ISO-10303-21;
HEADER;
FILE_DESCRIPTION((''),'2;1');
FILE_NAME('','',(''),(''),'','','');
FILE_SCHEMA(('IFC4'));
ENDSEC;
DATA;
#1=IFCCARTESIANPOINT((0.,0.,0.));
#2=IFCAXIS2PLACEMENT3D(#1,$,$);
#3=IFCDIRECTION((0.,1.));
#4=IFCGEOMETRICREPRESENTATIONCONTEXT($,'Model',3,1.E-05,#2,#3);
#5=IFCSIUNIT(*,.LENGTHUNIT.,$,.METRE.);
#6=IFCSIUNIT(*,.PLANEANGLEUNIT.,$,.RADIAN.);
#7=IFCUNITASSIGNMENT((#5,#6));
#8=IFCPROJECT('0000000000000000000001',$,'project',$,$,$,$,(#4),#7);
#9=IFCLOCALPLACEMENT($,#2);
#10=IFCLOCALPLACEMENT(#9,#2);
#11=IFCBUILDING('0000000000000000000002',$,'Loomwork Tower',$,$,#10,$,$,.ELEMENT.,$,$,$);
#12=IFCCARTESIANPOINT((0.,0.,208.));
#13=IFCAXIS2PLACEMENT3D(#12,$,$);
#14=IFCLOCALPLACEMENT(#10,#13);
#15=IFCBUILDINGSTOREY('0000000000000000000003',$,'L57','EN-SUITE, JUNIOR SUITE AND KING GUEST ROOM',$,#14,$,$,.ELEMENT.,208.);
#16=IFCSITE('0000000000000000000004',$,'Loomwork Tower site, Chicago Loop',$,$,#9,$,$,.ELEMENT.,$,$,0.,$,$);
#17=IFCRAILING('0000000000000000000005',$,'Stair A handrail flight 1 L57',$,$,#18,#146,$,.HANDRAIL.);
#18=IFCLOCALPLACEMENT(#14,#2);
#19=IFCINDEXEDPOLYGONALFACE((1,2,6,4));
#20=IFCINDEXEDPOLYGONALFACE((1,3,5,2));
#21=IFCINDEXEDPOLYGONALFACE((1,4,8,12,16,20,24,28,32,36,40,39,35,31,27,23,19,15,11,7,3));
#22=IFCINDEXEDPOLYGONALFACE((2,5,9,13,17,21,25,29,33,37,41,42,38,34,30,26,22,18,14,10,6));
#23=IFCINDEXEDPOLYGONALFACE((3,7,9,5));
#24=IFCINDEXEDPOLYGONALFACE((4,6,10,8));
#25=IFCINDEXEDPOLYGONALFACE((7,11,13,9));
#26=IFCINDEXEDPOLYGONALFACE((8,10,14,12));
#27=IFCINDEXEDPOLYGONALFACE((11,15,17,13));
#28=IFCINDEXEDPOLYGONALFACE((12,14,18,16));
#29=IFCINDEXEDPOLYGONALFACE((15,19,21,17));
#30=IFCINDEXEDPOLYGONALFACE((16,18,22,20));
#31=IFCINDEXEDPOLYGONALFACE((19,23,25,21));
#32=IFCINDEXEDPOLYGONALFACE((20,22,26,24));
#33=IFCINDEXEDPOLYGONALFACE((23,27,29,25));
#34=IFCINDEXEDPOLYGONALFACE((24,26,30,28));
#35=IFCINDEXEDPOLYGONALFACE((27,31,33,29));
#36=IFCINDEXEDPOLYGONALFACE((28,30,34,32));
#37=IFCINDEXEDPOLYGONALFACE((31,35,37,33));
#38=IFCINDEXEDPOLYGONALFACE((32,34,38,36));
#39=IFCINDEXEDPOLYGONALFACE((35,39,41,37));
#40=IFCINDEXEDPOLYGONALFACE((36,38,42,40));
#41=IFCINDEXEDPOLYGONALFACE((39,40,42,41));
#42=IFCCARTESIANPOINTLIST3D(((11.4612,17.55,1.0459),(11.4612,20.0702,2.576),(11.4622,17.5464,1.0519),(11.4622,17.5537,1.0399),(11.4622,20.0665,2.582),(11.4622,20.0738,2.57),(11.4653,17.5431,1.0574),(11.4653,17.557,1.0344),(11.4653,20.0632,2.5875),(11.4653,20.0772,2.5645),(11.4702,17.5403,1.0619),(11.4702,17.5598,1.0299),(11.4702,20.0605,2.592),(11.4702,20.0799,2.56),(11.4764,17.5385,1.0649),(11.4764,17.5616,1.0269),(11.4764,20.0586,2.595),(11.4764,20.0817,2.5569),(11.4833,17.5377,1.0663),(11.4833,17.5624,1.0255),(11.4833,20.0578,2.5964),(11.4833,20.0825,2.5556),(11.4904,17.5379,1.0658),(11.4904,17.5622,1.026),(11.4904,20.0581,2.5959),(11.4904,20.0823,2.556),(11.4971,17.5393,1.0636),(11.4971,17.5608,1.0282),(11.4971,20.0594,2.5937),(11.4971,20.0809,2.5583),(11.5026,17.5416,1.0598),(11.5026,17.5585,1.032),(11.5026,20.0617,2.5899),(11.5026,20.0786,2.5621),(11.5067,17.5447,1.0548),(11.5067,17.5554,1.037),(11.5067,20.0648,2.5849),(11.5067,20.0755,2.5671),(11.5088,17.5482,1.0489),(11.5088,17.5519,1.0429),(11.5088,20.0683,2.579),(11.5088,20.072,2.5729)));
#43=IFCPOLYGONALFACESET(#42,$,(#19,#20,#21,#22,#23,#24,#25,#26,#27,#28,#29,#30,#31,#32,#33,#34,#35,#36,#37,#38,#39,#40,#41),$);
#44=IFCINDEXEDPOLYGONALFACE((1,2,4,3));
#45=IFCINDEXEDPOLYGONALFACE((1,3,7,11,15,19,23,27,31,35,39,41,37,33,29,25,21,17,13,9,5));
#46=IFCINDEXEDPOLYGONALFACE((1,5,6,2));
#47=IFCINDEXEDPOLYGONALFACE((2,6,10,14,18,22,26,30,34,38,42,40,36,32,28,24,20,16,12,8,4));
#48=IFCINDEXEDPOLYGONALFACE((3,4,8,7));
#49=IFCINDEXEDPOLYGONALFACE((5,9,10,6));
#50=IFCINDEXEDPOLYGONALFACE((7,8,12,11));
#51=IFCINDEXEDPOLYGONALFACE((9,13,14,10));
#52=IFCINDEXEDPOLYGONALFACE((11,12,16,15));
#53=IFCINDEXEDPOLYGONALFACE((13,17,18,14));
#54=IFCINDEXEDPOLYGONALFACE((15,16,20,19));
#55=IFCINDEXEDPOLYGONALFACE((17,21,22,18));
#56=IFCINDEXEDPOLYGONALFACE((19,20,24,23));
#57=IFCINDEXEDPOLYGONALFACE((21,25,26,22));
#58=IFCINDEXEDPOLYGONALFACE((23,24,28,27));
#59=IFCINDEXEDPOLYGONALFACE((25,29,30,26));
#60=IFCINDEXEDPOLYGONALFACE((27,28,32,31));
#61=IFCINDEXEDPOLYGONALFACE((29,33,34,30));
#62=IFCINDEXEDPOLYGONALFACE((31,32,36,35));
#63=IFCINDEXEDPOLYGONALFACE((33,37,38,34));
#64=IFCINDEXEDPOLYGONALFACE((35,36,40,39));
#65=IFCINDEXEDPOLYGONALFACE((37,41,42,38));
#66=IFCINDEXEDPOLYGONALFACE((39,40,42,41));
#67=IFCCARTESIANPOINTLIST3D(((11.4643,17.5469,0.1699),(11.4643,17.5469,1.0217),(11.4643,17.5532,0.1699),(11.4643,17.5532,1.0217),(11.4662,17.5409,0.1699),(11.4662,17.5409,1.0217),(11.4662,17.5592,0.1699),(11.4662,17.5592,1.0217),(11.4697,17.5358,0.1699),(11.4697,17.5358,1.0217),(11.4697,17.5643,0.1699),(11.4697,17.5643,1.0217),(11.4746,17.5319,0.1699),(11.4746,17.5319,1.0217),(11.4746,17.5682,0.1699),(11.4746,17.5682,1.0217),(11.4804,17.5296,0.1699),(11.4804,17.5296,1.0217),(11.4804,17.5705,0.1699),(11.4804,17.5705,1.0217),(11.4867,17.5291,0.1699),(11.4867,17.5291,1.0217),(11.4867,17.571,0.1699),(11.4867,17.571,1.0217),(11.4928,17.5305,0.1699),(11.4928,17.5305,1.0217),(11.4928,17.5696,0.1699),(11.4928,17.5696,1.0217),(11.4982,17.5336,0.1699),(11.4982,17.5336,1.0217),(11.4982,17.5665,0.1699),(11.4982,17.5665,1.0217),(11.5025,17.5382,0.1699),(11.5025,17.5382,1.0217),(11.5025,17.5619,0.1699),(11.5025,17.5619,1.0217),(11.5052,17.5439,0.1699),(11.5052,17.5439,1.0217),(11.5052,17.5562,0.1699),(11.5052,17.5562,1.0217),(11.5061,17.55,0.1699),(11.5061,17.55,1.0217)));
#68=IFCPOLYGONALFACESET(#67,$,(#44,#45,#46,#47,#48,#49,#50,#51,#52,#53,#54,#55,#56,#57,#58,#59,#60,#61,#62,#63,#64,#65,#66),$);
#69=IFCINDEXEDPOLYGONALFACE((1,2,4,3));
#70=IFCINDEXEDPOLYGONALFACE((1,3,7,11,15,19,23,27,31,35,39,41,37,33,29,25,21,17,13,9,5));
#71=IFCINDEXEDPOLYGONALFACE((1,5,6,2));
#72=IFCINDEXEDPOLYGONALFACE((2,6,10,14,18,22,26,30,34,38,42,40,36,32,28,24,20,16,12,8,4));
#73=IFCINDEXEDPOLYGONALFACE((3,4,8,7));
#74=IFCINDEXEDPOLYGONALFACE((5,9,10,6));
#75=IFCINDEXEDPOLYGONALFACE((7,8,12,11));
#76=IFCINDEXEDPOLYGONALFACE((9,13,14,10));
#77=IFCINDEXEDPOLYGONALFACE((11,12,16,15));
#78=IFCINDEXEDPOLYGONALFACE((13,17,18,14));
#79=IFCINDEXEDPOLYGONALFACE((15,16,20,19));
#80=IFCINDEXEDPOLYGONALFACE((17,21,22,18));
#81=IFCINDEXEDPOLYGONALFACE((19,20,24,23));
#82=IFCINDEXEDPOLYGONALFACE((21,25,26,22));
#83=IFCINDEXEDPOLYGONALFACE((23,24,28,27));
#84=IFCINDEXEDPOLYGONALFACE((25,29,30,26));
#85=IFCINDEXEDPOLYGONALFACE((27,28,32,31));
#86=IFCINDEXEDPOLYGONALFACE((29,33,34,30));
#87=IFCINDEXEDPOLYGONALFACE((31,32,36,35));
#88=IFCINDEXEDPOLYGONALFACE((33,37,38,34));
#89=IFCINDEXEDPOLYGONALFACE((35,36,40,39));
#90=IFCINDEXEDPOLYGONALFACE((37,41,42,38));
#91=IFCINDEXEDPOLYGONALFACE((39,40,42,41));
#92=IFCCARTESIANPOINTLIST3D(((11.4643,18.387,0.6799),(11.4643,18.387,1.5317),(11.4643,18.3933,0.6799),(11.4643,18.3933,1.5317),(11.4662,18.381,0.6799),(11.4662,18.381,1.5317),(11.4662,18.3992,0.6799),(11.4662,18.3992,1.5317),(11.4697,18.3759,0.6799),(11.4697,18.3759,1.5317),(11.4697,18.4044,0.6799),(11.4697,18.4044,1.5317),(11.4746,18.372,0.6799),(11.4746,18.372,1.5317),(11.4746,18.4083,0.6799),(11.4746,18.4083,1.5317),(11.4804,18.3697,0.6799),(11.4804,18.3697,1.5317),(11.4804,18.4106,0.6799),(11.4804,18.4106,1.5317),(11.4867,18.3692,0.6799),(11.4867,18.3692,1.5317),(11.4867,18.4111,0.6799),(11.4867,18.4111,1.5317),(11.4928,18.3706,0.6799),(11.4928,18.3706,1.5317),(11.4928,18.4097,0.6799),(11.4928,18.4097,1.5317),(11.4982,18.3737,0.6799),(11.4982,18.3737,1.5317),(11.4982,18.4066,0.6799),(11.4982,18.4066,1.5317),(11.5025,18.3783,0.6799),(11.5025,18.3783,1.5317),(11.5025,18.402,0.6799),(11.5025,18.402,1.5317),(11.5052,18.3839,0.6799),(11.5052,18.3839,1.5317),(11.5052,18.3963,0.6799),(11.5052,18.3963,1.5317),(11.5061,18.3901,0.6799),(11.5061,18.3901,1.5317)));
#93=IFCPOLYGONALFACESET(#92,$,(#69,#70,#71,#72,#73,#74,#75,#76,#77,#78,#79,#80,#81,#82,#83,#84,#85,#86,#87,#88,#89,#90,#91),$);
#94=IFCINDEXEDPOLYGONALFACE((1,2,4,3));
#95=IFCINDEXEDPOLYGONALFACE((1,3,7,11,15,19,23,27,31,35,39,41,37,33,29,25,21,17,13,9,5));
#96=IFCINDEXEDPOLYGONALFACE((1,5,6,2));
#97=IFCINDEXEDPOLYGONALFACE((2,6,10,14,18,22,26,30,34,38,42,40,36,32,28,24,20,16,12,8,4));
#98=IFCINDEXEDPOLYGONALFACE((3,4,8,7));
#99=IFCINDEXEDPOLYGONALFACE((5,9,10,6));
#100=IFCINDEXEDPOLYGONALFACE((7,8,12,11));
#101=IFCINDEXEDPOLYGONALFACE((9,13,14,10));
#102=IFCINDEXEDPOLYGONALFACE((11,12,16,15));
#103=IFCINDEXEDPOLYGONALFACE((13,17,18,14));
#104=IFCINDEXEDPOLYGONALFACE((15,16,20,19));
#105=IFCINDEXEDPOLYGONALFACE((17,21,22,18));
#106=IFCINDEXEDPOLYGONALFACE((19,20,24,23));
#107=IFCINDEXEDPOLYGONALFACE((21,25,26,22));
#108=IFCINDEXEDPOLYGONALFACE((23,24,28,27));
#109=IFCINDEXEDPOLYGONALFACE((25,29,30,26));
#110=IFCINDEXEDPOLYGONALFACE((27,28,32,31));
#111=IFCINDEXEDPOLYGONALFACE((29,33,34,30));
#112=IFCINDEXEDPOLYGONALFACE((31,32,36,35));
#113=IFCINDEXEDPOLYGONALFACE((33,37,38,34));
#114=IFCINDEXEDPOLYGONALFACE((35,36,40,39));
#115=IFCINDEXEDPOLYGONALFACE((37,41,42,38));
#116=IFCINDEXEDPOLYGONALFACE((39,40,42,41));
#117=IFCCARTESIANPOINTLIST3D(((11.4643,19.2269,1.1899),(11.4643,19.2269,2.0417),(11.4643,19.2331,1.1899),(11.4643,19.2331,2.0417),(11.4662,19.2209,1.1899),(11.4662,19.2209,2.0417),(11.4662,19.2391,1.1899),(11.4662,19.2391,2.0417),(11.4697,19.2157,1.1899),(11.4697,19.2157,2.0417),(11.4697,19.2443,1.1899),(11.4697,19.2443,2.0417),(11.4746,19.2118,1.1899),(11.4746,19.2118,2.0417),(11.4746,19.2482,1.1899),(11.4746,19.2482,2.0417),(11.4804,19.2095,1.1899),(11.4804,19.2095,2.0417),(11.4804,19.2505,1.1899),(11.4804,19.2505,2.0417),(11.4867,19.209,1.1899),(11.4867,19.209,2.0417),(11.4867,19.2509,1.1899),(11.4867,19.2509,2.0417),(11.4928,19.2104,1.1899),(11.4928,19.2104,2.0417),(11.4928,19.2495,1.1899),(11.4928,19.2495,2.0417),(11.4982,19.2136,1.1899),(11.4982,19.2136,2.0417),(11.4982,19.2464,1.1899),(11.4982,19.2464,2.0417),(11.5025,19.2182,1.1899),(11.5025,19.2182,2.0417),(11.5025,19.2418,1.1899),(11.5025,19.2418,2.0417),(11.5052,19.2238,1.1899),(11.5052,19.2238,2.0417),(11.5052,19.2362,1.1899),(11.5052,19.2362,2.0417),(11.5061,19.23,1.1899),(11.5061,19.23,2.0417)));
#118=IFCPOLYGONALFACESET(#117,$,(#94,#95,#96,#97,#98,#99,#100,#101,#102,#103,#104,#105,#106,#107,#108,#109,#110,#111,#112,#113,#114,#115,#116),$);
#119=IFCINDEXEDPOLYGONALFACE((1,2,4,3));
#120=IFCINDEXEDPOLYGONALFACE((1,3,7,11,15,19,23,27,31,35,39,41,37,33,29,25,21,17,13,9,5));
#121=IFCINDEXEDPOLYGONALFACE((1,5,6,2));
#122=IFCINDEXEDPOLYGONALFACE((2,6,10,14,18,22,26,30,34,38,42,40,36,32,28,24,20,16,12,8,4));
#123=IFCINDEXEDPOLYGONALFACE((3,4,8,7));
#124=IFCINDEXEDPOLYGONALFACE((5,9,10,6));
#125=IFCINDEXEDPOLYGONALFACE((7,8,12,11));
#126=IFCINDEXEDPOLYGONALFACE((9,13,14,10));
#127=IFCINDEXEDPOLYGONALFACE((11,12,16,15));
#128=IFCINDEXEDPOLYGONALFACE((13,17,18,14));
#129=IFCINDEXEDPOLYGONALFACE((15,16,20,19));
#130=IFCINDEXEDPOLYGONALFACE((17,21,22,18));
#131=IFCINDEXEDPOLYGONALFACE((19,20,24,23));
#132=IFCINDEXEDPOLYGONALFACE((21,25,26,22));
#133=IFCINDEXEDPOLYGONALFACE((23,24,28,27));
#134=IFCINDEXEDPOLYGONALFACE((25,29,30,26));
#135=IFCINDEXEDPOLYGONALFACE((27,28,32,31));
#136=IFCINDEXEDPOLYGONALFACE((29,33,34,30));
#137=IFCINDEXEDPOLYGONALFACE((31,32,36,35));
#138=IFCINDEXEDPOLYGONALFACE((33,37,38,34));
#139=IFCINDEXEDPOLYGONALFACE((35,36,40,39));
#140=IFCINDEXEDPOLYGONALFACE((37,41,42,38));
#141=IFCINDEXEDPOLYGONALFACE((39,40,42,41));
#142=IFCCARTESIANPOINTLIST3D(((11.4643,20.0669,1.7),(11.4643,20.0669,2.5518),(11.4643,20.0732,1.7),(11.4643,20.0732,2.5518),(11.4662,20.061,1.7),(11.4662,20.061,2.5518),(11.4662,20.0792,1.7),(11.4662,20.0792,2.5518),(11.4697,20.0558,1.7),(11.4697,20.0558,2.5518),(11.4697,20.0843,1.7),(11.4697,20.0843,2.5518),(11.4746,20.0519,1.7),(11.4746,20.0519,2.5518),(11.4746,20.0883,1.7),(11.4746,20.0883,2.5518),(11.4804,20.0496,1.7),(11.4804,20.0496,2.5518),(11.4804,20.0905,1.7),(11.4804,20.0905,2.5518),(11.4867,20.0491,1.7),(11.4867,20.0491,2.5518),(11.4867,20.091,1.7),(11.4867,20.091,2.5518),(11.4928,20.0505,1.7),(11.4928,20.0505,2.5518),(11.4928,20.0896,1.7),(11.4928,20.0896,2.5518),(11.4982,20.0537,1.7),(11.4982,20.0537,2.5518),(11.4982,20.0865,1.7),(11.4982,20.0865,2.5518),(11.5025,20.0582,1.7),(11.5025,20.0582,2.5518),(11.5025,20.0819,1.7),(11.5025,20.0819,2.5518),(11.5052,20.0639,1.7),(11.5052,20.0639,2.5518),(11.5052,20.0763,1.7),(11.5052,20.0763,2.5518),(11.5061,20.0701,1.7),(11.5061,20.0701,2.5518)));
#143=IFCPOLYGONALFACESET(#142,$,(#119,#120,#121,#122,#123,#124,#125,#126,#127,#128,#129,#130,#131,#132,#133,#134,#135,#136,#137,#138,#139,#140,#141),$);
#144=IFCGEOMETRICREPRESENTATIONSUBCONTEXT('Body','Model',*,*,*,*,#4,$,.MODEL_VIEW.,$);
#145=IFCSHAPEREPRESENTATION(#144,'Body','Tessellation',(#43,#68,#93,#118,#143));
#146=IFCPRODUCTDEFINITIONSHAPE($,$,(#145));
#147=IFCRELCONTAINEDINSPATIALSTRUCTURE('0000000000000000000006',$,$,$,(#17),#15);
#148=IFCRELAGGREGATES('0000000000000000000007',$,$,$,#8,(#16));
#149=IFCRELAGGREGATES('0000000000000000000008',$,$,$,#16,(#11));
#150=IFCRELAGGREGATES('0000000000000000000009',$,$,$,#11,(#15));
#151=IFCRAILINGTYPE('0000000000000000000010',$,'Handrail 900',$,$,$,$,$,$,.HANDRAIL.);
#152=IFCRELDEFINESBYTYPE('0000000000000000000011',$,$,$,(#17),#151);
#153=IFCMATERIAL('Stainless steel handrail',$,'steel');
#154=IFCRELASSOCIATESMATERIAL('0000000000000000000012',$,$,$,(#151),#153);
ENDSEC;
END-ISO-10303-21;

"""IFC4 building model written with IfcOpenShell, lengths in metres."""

from ifc_helpers import new_model, si_unit, direction, frame, origin, origin_2d, place, context, subcontext, project, spatial, circle, extrude, material, type_object, element, save


model = new_model("IFC4")

# Units and contexts
model_context = context("Model", 3, precision=1e-05, world=origin(), true_north=direction((0.0, 1.0)))
body_context = subcontext(model_context, "Body", "Model", "MODEL_VIEW")
ifc_project = project(units=[si_unit("LENGTHUNIT", "METRE"), si_unit("PLANEANGLEUNIT", "RADIAN")], contexts=[model_context])

# Site, building, storey
site_placement = place(None, origin())
site = spatial("IfcSite", under=ifc_project, at=site_placement, Name="Loomwork Tower site, Chicago Loop", CompositionType="ELEMENT", RefElevation=0.0)
building_placement = place(site_placement, origin())
building = spatial("IfcBuilding", under=site, at=building_placement, Name="Loomwork Tower", CompositionType="ELEMENT")
storey_placement = place(building_placement, frame((0.0, 0.0, 208.0)))
storey = spatial("IfcBuildingStorey", under=building, at=storey_placement, Name="L57", Description="EN-SUITE, JUNIOR SUITE AND KING GUEST ROOM", CompositionType="ELEMENT", Elevation=208.0)

# Railing
ifc_material_1 = material(Name="Stainless steel handrail", Category="steel")
railing_type = type_object("IfcRailingType", Name="Handrail 900", PredefinedType="HANDRAIL", material=ifc_material_1)
railing_placement = place(storey_placement, frame((11.4851, 17.55, 0.1699)))
element("IfcRailing", 1, at=railing_placement, inside=storey, type_object=railing_type, Name="Stair A handrail flight 1 L57", PredefinedType="HANDRAIL", context=body_context, shape_type="SweptSolid", body=[
    extrude(circle(Radius=0.0239, at=origin_2d()), frame((0.0, 0.0, 0.876), z_axis=(0.0, 0.854785, 0.518982), x_axis=(-1.0, 0.0, 0.0)), (0.0, 0.0, 1.0), 2.9482),
    extrude(circle(Radius=0.021, at=origin_2d()), origin(), (0.0, 0.0, 1.0), 0.8518),
    extrude(circle(Radius=0.021, at=origin_2d()), frame((0.0, 0.8401, 0.51)), (0.0, 0.0, 1.0), 0.8518),
    extrude(circle(Radius=0.021, at=origin_2d()), frame((0.0, 1.6799, 1.02)), (0.0, 0.0, 1.0), 0.8518),
    extrude(circle(Radius=0.021, at=origin_2d()), frame((0.0, 2.52, 1.53)), (0.0, 0.0, 1.0), 0.8518),
])

save(model, "model.ifc")
